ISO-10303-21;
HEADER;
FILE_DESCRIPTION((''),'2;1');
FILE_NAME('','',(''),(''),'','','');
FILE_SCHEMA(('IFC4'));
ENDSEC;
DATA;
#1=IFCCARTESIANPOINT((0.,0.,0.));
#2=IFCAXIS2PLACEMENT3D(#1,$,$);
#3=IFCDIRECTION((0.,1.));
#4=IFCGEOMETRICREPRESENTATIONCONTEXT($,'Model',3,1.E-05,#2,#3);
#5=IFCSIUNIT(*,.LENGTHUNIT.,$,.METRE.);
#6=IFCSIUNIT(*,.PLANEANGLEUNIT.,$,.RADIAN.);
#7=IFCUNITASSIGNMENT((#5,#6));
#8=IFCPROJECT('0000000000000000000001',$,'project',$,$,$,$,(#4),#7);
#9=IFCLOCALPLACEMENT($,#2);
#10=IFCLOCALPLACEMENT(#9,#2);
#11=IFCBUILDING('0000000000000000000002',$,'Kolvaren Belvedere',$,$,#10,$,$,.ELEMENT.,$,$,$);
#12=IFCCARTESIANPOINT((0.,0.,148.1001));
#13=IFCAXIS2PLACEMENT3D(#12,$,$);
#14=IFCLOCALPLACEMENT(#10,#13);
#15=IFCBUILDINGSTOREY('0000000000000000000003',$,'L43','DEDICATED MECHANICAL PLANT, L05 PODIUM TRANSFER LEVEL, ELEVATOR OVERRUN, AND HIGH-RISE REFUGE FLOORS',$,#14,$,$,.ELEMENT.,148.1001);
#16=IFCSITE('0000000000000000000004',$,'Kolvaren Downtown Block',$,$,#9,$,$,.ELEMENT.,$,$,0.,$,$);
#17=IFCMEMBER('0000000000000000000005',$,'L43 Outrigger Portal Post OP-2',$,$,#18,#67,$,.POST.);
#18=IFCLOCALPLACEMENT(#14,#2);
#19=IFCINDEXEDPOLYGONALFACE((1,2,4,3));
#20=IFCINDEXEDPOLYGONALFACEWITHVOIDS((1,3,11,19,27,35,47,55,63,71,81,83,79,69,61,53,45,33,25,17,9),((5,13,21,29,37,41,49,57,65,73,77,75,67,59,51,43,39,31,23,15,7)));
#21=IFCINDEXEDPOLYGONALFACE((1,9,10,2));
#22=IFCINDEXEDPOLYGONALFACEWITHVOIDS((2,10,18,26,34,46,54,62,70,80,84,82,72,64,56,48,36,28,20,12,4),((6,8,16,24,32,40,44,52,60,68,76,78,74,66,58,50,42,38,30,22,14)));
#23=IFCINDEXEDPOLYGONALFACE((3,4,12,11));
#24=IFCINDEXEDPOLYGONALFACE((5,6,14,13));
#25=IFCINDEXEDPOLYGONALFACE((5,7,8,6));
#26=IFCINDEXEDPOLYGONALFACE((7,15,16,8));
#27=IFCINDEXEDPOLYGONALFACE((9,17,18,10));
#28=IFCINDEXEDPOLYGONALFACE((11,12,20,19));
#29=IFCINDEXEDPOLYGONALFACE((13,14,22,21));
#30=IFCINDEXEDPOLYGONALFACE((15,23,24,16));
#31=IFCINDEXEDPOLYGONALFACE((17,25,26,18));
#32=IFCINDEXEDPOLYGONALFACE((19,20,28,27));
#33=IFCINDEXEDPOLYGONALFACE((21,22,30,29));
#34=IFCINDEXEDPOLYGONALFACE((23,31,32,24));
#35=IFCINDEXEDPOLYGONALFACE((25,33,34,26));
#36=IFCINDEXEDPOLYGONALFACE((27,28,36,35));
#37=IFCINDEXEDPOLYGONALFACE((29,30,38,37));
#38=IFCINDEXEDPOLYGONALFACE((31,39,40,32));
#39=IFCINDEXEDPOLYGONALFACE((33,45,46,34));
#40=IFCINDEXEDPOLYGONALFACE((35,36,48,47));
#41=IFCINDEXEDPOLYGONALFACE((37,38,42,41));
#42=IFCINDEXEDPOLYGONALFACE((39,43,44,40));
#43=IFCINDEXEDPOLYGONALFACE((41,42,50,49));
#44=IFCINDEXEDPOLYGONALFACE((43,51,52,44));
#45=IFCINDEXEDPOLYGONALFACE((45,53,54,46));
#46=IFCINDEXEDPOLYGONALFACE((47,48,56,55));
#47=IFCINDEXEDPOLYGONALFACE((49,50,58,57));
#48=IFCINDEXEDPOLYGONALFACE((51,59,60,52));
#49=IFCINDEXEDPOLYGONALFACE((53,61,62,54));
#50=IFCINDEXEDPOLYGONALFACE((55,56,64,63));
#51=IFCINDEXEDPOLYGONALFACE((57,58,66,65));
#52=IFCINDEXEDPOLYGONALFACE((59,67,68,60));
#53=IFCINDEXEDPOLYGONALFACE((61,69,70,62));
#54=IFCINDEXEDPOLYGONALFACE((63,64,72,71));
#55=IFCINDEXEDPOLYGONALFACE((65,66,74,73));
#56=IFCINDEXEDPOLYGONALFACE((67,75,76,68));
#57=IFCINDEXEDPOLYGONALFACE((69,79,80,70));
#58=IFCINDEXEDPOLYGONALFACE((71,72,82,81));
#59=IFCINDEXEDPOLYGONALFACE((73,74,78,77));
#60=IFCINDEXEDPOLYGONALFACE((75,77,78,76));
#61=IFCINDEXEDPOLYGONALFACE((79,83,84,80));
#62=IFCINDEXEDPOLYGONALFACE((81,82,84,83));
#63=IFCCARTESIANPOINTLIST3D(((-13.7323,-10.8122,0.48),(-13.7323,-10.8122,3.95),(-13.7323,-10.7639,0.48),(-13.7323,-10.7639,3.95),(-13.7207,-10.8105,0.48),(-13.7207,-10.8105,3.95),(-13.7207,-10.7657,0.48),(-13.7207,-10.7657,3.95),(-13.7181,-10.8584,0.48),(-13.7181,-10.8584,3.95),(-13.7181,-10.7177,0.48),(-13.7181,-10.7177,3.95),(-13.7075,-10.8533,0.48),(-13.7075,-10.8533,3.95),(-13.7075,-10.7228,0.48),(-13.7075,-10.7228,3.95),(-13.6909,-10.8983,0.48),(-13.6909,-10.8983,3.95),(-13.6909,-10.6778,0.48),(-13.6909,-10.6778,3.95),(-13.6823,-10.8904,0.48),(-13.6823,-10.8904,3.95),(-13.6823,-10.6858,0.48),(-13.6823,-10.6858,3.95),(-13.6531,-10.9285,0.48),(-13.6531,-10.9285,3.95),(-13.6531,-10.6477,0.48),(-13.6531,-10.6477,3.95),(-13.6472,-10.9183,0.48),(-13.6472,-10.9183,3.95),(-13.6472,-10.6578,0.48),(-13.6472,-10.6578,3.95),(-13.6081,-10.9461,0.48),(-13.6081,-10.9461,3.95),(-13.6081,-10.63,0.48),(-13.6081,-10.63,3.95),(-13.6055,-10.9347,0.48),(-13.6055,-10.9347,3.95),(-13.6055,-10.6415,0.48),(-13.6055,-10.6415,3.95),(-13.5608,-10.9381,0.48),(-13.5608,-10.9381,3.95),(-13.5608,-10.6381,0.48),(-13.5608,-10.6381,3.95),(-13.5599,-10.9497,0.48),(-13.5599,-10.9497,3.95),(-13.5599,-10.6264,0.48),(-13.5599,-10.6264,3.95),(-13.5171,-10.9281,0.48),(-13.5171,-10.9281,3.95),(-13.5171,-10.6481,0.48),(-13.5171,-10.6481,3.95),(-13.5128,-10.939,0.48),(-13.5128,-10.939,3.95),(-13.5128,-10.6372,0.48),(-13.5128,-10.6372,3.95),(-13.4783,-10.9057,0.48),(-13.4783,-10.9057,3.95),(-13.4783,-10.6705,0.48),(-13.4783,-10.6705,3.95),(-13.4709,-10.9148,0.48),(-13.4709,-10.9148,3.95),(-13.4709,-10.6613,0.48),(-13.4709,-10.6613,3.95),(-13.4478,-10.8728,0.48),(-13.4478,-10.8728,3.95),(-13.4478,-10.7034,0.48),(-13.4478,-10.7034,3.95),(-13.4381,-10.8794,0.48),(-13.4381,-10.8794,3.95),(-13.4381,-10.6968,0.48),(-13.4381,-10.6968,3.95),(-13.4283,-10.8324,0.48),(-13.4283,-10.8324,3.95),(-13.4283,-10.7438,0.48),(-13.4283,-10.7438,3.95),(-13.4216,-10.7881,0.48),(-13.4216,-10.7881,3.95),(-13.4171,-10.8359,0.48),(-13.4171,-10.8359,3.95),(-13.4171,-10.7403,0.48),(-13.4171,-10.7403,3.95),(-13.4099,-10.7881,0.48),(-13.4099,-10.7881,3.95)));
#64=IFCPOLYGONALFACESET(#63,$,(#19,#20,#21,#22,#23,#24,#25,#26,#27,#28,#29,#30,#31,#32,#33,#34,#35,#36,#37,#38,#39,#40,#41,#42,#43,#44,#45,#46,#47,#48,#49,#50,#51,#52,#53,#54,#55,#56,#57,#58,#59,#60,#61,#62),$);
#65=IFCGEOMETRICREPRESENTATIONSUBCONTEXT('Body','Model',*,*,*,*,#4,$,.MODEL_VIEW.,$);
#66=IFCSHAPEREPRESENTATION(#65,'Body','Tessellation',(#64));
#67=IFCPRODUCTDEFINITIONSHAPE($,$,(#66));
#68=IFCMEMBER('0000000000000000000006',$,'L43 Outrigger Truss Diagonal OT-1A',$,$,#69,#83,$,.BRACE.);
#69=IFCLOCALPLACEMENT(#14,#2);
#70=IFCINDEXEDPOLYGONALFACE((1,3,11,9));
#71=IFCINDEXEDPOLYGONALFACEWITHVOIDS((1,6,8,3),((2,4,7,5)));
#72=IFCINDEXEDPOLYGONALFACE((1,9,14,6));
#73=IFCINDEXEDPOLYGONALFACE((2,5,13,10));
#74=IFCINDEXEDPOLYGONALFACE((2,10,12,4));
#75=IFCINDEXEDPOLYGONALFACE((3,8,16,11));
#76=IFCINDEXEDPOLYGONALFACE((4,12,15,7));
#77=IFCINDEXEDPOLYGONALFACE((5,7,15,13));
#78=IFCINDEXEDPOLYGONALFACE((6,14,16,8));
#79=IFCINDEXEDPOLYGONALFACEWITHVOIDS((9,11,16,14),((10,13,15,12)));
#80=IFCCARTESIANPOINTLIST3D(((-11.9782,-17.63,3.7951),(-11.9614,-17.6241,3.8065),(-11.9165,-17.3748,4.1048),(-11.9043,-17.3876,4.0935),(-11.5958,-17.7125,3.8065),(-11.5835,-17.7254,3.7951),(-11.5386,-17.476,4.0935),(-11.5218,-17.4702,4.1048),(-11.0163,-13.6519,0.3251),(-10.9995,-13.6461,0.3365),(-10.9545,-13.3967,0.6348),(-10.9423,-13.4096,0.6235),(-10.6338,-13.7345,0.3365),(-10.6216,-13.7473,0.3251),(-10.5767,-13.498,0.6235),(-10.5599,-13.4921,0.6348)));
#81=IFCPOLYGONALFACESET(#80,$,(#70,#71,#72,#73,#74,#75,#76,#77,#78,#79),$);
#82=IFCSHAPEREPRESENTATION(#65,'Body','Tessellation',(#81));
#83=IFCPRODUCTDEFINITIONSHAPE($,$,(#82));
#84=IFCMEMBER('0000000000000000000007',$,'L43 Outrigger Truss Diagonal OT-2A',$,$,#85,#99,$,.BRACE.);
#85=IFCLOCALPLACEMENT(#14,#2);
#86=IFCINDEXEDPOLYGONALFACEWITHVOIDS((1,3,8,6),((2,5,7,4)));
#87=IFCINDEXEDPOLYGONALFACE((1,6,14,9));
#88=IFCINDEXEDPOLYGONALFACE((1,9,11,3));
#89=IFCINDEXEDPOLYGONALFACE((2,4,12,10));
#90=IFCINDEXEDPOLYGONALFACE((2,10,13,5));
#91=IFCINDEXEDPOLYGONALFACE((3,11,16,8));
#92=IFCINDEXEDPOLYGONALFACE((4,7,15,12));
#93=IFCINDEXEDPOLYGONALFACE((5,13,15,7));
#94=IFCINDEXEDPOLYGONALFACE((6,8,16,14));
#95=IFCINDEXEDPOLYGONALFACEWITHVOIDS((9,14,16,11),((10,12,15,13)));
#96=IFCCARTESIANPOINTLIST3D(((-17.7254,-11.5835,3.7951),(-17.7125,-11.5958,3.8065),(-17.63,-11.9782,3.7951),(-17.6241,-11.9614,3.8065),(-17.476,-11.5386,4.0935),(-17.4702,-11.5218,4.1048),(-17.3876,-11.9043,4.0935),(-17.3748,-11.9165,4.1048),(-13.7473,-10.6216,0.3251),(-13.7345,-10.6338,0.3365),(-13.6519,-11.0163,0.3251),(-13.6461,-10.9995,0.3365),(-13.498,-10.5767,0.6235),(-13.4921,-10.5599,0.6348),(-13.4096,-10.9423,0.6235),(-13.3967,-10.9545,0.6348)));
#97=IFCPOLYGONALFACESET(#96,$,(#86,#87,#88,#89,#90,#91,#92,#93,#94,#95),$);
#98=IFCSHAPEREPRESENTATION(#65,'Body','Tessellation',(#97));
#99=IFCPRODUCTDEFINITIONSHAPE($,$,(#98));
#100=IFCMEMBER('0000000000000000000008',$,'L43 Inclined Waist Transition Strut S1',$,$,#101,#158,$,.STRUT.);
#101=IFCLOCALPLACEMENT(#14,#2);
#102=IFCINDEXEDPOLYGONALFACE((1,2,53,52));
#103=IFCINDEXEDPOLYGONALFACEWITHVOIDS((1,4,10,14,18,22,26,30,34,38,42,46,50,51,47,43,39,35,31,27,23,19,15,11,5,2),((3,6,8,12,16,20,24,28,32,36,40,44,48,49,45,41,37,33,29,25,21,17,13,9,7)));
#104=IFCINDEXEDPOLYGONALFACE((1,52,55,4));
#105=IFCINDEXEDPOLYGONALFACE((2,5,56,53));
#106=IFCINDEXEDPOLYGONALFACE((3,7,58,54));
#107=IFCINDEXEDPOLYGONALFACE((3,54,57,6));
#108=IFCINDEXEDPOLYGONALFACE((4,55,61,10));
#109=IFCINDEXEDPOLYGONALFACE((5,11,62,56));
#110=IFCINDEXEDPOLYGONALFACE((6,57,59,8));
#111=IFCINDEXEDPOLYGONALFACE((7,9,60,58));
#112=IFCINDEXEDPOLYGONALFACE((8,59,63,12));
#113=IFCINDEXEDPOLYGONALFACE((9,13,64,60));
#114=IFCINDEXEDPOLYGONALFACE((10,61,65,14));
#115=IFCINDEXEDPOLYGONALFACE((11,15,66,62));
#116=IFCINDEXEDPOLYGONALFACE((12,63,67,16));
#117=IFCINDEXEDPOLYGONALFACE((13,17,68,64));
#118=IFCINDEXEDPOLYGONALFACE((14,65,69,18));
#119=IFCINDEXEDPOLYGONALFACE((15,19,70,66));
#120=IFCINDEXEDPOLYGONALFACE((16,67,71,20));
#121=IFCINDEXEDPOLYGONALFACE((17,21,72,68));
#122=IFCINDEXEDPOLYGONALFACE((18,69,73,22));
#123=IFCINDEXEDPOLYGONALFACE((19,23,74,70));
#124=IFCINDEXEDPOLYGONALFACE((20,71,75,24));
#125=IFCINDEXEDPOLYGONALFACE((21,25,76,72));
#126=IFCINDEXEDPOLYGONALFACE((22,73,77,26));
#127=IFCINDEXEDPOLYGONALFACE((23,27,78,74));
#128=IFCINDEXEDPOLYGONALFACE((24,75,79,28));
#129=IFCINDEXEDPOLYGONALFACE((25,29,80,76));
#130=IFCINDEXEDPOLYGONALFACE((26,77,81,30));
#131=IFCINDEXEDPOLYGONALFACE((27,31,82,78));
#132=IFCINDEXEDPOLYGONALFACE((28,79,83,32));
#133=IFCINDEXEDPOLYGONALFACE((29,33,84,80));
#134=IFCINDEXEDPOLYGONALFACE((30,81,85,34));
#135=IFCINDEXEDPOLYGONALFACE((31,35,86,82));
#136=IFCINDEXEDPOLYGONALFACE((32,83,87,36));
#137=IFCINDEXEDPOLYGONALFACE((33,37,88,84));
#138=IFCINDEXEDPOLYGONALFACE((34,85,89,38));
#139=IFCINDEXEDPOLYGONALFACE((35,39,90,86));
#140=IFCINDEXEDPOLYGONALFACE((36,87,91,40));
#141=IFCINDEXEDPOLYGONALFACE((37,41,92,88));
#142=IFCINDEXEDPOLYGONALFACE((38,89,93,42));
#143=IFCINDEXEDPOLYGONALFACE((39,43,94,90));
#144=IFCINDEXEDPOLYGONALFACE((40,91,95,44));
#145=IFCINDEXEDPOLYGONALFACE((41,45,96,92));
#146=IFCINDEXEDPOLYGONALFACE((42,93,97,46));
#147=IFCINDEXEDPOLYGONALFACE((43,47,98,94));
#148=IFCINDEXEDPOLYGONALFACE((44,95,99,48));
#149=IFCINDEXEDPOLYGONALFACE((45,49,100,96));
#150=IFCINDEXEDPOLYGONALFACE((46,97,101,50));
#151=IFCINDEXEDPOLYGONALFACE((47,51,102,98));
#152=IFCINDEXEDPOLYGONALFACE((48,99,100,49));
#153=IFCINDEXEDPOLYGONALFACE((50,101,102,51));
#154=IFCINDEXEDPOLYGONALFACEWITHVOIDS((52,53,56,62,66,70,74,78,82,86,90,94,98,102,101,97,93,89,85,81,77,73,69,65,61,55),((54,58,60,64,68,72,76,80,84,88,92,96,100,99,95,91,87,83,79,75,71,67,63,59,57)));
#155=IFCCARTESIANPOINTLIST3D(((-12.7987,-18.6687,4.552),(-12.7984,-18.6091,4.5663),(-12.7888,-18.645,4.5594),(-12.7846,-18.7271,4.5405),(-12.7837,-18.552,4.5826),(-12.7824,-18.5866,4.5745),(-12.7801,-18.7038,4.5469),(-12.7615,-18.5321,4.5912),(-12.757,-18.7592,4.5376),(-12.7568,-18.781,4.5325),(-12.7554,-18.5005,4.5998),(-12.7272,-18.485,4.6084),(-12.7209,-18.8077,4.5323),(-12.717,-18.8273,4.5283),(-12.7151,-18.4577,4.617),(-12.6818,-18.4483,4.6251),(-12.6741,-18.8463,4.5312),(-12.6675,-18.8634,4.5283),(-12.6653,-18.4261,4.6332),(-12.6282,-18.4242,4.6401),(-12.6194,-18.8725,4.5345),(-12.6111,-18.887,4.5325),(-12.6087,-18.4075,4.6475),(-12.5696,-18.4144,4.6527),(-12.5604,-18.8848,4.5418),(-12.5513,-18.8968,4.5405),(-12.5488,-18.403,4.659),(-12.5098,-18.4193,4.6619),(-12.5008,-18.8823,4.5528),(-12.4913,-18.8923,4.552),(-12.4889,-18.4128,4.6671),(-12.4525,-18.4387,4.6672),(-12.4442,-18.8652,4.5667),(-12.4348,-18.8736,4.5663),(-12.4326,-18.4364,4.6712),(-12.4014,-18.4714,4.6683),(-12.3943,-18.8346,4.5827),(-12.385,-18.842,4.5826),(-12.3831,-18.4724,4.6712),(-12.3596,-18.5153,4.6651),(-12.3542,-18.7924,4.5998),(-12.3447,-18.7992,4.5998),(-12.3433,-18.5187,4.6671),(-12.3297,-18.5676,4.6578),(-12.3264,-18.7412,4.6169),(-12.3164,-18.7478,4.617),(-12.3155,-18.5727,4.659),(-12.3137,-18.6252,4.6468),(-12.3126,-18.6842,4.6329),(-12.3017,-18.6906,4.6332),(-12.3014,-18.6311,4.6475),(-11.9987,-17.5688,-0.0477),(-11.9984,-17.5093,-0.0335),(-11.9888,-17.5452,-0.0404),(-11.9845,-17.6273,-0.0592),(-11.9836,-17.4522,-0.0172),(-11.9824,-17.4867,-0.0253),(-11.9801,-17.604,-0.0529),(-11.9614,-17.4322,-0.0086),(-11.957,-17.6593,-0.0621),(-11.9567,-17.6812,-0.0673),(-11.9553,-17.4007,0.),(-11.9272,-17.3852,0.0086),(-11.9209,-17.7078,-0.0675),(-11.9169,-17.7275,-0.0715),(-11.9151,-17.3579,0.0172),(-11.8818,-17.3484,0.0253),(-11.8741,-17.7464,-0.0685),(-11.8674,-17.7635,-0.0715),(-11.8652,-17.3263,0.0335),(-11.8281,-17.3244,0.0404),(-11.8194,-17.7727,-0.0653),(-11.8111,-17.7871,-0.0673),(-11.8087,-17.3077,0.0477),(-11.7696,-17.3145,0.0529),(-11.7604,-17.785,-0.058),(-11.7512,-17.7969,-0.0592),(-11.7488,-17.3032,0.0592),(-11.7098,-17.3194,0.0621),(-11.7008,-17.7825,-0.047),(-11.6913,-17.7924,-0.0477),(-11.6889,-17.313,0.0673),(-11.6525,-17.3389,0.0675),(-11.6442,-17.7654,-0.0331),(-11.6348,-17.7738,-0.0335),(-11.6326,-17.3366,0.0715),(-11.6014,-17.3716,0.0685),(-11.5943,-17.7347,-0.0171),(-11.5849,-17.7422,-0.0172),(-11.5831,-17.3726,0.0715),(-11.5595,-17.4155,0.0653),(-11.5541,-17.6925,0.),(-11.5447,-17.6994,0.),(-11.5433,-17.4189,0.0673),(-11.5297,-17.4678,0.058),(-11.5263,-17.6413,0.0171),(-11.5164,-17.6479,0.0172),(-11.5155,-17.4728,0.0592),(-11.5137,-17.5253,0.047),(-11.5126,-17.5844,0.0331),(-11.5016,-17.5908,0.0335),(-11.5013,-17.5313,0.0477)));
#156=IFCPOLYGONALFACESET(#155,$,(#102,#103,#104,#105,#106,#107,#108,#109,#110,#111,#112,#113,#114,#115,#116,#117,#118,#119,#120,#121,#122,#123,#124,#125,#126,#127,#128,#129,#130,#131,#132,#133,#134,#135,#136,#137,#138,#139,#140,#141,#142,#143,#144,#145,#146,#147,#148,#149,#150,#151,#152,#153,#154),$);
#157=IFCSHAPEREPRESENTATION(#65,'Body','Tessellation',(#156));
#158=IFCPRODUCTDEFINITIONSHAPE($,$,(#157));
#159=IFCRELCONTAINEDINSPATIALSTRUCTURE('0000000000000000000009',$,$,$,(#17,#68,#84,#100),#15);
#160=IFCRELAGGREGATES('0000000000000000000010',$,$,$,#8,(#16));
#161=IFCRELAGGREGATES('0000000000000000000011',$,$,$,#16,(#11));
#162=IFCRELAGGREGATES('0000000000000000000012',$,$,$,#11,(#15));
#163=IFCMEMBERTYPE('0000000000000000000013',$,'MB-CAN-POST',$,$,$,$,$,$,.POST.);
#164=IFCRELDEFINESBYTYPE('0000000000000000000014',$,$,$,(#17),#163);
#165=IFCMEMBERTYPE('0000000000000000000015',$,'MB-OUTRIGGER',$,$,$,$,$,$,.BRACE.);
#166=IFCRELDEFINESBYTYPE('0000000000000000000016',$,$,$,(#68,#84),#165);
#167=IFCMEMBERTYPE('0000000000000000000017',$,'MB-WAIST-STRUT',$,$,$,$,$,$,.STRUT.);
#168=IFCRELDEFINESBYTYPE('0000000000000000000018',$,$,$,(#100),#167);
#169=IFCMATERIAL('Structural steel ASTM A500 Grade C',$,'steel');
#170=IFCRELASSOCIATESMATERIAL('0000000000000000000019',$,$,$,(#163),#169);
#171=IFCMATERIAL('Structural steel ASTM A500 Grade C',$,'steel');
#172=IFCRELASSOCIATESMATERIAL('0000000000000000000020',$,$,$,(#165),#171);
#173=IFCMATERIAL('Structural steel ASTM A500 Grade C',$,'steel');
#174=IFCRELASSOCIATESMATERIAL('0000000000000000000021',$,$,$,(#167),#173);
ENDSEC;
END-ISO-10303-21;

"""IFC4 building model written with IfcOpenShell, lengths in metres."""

from ifc_helpers import new_model, si_unit, direction, frame, origin, origin_2d, place, context, subcontext, project, spatial, hollow_rectangle, hollow_circle, extrude, material, material_profile, profile_set, type_object, element, save


model = new_model("IFC4")

# Units and contexts
model_context = context("Model", 3, precision=1e-05, world=origin(), true_north=direction((0.0, 1.0)))
body_context = subcontext(model_context, "Body", "Model", "MODEL_VIEW")
ifc_project = project(units=[si_unit("LENGTHUNIT", "METRE"), si_unit("PLANEANGLEUNIT", "RADIAN")], contexts=[model_context])

# Site, building, storey
site_placement = place(None, origin())
site = spatial("IfcSite", under=ifc_project, at=site_placement, Name="Kolvaren Downtown Block", CompositionType="ELEMENT", RefElevation=0.0)
building_placement = place(site_placement, origin())
building = spatial("IfcBuilding", under=site, at=building_placement, Name="Kolvaren Belvedere", CompositionType="ELEMENT")
storey_placement = place(building_placement, frame((0.0, 0.0, 148.1001)))
storey = spatial("IfcBuildingStorey", under=building, at=storey_placement, Name="L43", Description="DEDICATED MECHANICAL PLANT, L05 PODIUM TRANSFER LEVEL, ELEVATOR OVERRUN, AND HIGH-RISE REFUGE FLOORS", CompositionType="ELEMENT", Elevation=148.1001)

# Members
ifc_material_1 = material(Name="Structural steel ASTM A500 Grade C", Category="steel")
ifc_material_profile_1 = material_profile(ifc_material_1, hollow_circle(Radius=0.1621, WallThickness=0.0117, at=origin_2d()), Name="HSS12.750X0.500")
ifc_profile_set_1 = profile_set([ifc_material_profile_1], Name="Structural steel ASTM A500 Grade C")
member_type_1 = type_object("IfcMemberType", Name="MB-CAN-POST", PredefinedType="POST", material=ifc_profile_set_1)
for number, where, z_axis, x_axis, name in (
    (1, (-13.572, -10.7881, 0.48), (0.0, 0.0, 1.0), (1.0, 0.0, 0.0), "L43 Outrigger Portal Post OP-2"),
):
    element("IfcMember", number, at=place(storey_placement, frame(where, z_axis=z_axis, x_axis=x_axis)), inside=storey, type_object=member_type_1, Name=name, PredefinedType="POST", context=body_context, shape_type="SweptSolid", body=[
        extrude(hollow_circle(Radius=0.1621, WallThickness=0.0117, at=origin_2d()), origin(), (0.0, 0.0, 1.0), 3.47),
    ])
ifc_material_2 = material(Name="Structural steel ASTM A500 Grade C", Category="steel")
ifc_material_profile_2 = material_profile(ifc_material_2, hollow_rectangle(XDim=0.406, YDim=0.406, WallThickness=0.0149, at=origin_2d()), Name="HSS16X16X5/8")
ifc_profile_set_2 = profile_set([ifc_material_profile_2], Name="Structural steel ASTM A500 Grade C")
member_type_2 = type_object("IfcMemberType", Name="MB-OUTRIGGER", PredefinedType="BRACE", material=ifc_profile_set_2)
for number, where, z_axis, x_axis, name in (
    (2, (-10.7881, -13.572, 0.48), (-0.179271, -0.741382, 0.646696), (0.971987, -0.235033, 0.0), "L43 Outrigger Truss Diagonal OT-1A"),
    (3, (-13.572, -10.7881, 0.48), (-0.741382, -0.179271, 0.646696), (0.235033, -0.971987, 0.0), "L43 Outrigger Truss Diagonal OT-2A"),
):
    element("IfcMember", number, at=place(storey_placement, frame(where, z_axis=z_axis, x_axis=x_axis)), inside=storey, type_object=member_type_2, Name=name, PredefinedType="BRACE", context=body_context, shape_type="SweptSolid", body=[
        extrude(hollow_rectangle(XDim=0.406, YDim=0.406, WallThickness=0.0149, at=origin_2d()), origin(), (0.0, 0.0, 1.0), 5.3657),
    ])
ifc_material_3 = material(Name="Structural steel ASTM A500 Grade C", Category="steel")
ifc_material_profile_3 = material_profile(ifc_material_3, hollow_circle(Radius=0.2539, WallThickness=0.0117, at=origin_2d()), Name="HSS20.000X0.500")
ifc_profile_set_3 = profile_set([ifc_material_profile_3], Name="Structural steel ASTM A500 Grade C")
member_type_3 = type_object("IfcMemberType", Name="MB-WAIST-STRUT", PredefinedType="STRUT", material=ifc_profile_set_3)
for number, where, z_axis, x_axis, name in (
    (4, (-11.75, -17.55, 0.0), (-0.166791, -0.229293, 0.95896), (0.808682, -0.588246, 0.0), "L43 Inclined Waist Transition Strut S1"),
):
    element("IfcMember", number, at=place(storey_placement, frame(where, z_axis=z_axis, x_axis=x_axis)), inside=storey, type_object=member_type_3, Name=name, PredefinedType="STRUT", context=body_context, shape_type="SweptSolid", body=[
        extrude(hollow_circle(Radius=0.2539, WallThickness=0.0117, at=origin_2d()), origin(), (0.0, 0.0, 1.0), 4.7966),
    ])

save(model, "model.ifc")
